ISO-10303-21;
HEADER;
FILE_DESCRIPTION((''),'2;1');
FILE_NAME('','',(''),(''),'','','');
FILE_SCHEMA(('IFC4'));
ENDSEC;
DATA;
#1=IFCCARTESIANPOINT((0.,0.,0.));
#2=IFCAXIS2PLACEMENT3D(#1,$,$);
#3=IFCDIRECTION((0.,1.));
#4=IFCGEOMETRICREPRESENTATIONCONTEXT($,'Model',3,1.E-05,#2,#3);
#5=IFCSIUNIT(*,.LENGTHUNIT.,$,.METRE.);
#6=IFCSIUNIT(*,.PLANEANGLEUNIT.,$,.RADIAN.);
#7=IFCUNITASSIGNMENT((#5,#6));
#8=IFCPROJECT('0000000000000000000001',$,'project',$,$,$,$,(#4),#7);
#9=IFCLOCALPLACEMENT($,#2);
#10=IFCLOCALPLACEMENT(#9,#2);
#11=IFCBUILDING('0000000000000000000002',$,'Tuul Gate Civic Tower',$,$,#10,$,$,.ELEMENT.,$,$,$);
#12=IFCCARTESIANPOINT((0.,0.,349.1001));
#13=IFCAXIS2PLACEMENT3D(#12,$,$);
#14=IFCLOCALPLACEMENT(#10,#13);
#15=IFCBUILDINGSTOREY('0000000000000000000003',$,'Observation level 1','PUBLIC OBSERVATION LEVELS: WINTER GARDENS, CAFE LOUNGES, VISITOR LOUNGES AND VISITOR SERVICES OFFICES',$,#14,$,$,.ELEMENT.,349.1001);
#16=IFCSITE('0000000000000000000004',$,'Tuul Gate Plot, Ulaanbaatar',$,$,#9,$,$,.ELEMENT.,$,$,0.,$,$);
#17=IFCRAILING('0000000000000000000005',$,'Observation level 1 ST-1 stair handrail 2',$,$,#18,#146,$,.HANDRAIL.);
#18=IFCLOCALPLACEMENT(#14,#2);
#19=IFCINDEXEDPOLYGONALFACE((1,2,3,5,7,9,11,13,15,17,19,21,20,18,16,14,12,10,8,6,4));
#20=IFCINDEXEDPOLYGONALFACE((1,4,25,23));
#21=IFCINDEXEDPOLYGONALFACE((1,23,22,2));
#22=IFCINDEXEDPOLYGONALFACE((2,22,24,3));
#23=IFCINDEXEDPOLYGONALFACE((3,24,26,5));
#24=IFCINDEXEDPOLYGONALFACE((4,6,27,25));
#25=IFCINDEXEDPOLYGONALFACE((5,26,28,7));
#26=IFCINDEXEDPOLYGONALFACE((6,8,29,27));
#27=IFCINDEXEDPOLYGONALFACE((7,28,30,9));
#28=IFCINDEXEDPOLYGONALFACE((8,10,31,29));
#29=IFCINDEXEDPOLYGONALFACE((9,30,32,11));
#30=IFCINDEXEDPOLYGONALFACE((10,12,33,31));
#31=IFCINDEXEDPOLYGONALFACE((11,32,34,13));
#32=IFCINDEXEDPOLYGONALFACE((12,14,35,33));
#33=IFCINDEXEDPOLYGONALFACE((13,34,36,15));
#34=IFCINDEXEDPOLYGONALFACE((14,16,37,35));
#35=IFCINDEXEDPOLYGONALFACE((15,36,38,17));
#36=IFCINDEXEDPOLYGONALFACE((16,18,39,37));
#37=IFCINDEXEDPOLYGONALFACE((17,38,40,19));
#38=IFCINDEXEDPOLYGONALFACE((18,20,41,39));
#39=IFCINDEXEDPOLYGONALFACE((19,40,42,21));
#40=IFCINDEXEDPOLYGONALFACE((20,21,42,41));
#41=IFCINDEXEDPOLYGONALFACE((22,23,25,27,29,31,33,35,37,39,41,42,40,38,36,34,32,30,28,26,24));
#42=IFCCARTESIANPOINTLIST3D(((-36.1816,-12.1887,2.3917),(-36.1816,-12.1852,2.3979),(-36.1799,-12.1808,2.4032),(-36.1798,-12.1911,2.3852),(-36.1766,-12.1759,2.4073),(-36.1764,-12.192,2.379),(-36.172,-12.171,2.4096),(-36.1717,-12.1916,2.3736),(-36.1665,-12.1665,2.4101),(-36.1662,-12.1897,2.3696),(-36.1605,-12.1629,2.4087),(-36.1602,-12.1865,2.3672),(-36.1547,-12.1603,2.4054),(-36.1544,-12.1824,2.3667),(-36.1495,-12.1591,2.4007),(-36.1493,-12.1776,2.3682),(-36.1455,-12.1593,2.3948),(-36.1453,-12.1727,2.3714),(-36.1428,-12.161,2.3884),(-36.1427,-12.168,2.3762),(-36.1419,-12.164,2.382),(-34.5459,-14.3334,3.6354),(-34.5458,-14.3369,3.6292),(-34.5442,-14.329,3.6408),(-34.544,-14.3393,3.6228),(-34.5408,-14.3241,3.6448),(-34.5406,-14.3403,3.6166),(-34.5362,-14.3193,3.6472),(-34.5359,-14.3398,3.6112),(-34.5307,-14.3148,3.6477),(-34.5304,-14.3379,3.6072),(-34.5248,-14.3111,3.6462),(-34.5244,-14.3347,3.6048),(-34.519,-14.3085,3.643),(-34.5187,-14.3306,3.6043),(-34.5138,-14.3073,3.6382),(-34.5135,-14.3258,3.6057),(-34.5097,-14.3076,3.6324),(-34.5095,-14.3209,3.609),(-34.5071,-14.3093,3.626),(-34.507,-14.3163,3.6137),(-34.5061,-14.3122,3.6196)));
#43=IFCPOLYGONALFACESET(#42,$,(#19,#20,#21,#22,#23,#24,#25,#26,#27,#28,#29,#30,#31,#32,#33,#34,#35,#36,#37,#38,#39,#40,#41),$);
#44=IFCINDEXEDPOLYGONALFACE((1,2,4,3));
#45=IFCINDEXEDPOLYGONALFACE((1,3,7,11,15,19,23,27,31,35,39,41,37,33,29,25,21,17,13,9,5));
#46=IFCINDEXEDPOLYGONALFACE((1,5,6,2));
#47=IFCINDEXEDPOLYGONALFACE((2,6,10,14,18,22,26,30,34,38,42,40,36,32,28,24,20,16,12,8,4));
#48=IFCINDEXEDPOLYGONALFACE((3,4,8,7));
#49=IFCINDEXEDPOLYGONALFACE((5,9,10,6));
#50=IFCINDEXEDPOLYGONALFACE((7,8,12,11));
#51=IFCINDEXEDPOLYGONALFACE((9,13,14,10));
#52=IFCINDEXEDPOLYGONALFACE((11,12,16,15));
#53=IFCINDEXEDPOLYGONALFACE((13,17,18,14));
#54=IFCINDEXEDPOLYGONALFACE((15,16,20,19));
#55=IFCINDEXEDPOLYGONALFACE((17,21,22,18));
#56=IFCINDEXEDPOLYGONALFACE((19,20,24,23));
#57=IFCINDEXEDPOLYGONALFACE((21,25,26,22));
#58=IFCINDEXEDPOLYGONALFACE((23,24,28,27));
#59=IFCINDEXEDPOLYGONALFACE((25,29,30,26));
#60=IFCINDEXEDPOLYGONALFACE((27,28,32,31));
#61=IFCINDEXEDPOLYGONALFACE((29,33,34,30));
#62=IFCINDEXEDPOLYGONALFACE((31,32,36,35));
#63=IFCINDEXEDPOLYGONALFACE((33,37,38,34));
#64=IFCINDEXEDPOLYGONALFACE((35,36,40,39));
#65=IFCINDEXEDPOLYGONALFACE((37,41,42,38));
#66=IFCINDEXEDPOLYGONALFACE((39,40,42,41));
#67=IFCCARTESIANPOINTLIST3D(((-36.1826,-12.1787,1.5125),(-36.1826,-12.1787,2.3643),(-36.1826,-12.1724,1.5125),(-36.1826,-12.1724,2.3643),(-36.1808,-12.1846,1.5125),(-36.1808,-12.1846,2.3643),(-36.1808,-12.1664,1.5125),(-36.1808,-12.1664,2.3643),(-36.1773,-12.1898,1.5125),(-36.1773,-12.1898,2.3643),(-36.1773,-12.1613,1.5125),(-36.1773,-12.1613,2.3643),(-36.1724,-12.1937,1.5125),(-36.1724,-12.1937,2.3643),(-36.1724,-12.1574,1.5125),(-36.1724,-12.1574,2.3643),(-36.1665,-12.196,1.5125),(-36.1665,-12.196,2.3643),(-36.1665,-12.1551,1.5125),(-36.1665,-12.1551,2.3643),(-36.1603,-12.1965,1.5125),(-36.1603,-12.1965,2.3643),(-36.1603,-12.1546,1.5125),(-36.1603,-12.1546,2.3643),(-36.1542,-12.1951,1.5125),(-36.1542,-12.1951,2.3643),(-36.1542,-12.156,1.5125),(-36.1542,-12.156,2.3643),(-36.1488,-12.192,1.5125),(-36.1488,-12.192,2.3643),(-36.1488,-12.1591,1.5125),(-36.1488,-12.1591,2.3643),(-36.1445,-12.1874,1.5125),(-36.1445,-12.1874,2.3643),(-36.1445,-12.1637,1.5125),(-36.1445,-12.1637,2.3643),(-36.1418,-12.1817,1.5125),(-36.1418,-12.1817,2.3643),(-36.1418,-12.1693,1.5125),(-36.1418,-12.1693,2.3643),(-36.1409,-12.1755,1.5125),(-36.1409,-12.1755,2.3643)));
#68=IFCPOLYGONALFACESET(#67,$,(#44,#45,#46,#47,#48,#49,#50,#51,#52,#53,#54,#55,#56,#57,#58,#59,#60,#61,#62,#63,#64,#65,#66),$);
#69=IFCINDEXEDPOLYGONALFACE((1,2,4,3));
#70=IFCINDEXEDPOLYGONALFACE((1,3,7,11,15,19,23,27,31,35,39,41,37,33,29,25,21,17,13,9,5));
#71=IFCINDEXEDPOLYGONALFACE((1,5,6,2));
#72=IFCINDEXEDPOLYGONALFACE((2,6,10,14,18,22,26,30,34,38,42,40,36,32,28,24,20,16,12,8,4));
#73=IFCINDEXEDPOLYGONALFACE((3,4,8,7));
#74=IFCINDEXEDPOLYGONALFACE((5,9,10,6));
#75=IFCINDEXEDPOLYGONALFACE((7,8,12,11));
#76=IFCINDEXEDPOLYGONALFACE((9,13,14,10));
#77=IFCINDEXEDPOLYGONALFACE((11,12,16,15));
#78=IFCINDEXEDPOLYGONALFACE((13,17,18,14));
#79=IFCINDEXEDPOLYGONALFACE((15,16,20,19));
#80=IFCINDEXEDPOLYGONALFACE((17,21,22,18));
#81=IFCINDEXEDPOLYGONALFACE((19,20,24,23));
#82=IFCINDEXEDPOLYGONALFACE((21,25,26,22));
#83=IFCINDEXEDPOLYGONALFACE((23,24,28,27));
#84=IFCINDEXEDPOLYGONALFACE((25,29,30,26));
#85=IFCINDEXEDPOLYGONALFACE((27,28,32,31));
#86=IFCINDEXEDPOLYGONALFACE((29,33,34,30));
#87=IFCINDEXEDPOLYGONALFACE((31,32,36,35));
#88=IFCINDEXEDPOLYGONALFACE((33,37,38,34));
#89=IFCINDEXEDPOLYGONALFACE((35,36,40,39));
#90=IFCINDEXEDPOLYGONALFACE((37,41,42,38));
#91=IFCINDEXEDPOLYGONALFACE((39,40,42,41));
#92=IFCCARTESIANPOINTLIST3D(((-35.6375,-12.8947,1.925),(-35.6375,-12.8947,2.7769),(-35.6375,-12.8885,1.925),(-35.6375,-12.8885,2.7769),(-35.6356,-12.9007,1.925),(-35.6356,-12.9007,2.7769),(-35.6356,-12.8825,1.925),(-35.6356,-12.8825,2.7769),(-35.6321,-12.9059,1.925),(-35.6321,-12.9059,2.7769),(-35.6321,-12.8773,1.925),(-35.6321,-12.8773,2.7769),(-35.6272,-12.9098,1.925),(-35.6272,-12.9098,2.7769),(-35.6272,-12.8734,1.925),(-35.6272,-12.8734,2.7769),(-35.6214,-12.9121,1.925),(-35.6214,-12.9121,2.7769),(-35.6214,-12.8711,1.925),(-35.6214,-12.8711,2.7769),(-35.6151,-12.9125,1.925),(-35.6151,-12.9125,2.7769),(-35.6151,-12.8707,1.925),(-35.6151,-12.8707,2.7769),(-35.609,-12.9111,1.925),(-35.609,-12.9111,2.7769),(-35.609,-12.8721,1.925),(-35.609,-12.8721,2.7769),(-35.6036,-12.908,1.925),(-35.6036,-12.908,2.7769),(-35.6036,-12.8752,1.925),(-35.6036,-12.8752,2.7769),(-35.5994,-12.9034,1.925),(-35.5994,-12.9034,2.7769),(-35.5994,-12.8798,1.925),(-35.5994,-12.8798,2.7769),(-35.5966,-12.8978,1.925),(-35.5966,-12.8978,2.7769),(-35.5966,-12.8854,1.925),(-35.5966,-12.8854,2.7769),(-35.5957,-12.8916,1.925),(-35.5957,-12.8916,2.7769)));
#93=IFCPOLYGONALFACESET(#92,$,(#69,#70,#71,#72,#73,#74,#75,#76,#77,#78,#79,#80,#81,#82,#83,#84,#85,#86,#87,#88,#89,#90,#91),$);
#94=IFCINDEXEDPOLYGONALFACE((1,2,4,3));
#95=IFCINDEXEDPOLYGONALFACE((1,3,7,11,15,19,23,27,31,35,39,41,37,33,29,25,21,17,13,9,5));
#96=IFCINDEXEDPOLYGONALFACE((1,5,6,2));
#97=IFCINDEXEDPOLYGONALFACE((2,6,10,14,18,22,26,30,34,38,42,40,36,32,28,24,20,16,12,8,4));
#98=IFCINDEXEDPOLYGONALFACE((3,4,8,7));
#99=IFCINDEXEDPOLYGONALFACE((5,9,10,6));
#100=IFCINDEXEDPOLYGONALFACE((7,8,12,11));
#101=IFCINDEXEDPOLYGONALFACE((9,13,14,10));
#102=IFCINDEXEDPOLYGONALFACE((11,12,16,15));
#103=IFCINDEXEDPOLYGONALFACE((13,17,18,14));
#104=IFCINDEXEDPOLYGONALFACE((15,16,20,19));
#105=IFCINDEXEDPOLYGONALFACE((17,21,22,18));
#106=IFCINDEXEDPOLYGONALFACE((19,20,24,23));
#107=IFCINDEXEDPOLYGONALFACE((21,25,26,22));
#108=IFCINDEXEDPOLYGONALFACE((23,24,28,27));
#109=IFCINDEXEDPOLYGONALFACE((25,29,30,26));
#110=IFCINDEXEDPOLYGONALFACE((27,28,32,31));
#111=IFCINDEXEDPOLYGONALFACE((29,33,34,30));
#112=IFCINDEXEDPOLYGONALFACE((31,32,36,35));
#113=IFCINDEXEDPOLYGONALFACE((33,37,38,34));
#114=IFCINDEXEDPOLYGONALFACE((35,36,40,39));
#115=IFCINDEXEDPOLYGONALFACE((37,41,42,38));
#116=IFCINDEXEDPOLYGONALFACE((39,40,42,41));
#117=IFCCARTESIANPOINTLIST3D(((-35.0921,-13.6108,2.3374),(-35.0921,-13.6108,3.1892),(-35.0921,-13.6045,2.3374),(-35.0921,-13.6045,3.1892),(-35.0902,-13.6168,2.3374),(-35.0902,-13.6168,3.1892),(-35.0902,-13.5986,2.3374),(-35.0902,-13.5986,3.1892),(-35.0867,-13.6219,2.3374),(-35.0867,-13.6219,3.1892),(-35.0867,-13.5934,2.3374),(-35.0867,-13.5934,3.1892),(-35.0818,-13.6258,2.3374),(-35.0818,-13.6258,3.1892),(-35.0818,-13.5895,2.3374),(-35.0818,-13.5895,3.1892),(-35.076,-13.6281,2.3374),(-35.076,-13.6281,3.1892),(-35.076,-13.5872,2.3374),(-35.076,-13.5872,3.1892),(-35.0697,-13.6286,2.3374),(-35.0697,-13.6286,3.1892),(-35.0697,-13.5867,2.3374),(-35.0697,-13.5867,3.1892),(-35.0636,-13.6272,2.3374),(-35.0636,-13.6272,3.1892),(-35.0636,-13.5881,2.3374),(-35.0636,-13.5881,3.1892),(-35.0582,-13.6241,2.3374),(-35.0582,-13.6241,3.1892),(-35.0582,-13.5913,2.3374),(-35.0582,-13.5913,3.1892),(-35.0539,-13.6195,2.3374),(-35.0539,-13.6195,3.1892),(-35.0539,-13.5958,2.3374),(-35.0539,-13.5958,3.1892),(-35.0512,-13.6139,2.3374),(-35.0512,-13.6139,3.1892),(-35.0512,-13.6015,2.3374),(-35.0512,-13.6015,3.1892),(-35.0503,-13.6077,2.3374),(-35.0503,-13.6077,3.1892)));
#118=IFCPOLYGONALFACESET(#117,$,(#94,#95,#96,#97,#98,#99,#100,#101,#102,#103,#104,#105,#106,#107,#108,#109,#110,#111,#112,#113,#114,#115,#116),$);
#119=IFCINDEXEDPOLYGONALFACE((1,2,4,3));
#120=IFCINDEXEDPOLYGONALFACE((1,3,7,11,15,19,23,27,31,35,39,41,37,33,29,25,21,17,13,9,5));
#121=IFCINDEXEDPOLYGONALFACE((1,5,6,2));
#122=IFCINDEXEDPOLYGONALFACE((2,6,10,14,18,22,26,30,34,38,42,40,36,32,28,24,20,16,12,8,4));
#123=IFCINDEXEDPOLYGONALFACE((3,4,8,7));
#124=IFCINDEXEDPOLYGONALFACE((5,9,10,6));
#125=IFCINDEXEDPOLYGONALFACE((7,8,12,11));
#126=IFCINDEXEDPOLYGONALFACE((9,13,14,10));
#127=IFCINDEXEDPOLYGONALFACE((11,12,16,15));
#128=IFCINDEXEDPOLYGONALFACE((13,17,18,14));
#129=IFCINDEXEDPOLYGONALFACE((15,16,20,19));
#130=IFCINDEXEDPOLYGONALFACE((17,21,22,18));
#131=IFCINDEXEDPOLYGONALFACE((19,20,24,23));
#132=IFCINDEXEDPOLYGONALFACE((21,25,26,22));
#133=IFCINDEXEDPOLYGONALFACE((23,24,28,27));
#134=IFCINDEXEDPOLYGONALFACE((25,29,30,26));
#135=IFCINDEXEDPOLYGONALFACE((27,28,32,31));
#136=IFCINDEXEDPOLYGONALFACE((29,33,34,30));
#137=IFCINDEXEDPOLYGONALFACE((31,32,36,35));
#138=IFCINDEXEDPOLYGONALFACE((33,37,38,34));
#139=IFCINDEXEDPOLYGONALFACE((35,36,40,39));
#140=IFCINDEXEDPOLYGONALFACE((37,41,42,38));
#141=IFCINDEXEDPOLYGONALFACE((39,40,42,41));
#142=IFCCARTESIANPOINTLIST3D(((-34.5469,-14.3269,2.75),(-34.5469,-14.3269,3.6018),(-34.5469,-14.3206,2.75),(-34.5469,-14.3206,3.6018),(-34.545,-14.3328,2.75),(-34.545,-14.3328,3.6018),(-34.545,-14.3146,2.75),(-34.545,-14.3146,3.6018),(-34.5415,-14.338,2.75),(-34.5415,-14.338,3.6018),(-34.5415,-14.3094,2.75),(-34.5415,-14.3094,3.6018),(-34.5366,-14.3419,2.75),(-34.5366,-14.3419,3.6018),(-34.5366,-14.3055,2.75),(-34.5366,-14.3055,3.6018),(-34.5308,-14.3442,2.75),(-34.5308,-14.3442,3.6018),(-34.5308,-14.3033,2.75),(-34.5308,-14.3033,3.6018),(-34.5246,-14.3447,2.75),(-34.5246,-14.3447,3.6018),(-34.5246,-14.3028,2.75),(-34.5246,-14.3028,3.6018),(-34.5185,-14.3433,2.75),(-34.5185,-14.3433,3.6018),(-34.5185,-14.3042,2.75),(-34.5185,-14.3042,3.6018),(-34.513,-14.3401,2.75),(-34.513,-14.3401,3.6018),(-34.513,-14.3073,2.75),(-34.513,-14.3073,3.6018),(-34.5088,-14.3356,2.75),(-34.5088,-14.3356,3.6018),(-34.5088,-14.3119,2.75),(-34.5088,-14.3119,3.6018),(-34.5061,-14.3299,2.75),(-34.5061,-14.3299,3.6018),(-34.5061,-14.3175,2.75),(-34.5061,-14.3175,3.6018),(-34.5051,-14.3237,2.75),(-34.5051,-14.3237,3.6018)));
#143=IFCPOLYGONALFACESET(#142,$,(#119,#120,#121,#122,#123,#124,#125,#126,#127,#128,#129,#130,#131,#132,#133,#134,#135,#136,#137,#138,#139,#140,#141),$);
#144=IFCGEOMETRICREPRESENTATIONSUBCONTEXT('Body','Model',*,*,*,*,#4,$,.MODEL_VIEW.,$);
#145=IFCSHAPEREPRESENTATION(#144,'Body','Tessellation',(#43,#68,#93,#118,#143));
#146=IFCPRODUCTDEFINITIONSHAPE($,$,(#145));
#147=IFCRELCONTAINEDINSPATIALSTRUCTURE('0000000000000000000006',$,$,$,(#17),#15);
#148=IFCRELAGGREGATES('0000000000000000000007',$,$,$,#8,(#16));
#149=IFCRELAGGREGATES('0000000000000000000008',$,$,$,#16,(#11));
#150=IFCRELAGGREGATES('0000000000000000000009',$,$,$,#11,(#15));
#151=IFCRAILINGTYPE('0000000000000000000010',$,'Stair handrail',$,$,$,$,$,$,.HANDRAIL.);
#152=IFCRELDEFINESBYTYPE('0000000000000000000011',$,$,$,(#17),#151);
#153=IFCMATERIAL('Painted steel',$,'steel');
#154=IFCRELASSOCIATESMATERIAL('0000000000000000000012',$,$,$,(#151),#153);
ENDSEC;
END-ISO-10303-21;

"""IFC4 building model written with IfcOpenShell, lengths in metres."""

from ifc_helpers import new_model, si_unit, direction, frame, origin, origin_2d, place, context, subcontext, project, spatial, circle, extrude, material, type_object, element, save


model = new_model("IFC4")

# Units and contexts
model_context = context("Model", 3, precision=1e-05, world=origin(), true_north=direction((0.0, 1.0)))
body_context = subcontext(model_context, "Body", "Model", "MODEL_VIEW")
ifc_project = project(units=[si_unit("LENGTHUNIT", "METRE"), si_unit("PLANEANGLEUNIT", "RADIAN")], contexts=[model_context])

# Site, building, storey
site_placement = place(None, origin())
site = spatial("IfcSite", under=ifc_project, at=site_placement, Name="Tuul Gate Plot, Ulaanbaatar", CompositionType="ELEMENT", RefElevation=0.0)
building_placement = place(site_placement, origin())
building = spatial("IfcBuilding", under=site, at=building_placement, Name="Tuul Gate Civic Tower", CompositionType="ELEMENT")
storey_placement = place(building_placement, frame((0.0, 0.0, 349.1001)))
storey = spatial("IfcBuildingStorey", under=building, at=storey_placement, Name="Observation level 1", Description="PUBLIC OBSERVATION LEVELS: WINTER GARDENS, CAFE LOUNGES, VISITOR LOUNGES AND VISITOR SERVICES OFFICES", CompositionType="ELEMENT", Elevation=349.1001)

# Railing
ifc_material_1 = material(Name="Painted steel", Category="steel")
railing_type_1 = type_object("IfcRailingType", Name="Stair handrail", PredefinedType="HANDRAIL", material=ifc_material_1)
railing_1_placement = place(storey_placement, frame((-36.1619, -12.1755, 1.5125)))
element("IfcRailing", 1, at=railing_1_placement, inside=storey, type_object=railing_type_1, Name="Observation level 1 ST-1 stair handrail 2", PredefinedType="HANDRAIL", context=body_context, shape_type="SweptSolid", body=[
    extrude(circle(Radius=0.0239, at=origin_2d()), frame((0.0, 0.0, 0.876), z_axis=(0.550723, -0.723256, 0.416659), x_axis=(0.795606, 0.605814, 0.0)), (0.0, 0.0, 1.0), 2.9702),
    extrude(circle(Radius=0.021, at=origin_2d()), origin(), (0.0, 0.0, 1.0), 0.8518),
    extrude(circle(Radius=0.021, at=origin_2d()), frame((0.5452, -0.7161, 0.4126)), (0.0, 0.0, 1.0), 0.8518),
    extrude(circle(Radius=0.021, at=origin_2d()), frame((1.0906, -1.4321, 0.825)), (0.0, 0.0, 1.0), 0.8518),
    extrude(circle(Radius=0.021, at=origin_2d()), frame((1.6357, -2.1482, 1.2375)), (0.0, 0.0, 1.0), 0.8518),
])

save(model, "model.ifc")
